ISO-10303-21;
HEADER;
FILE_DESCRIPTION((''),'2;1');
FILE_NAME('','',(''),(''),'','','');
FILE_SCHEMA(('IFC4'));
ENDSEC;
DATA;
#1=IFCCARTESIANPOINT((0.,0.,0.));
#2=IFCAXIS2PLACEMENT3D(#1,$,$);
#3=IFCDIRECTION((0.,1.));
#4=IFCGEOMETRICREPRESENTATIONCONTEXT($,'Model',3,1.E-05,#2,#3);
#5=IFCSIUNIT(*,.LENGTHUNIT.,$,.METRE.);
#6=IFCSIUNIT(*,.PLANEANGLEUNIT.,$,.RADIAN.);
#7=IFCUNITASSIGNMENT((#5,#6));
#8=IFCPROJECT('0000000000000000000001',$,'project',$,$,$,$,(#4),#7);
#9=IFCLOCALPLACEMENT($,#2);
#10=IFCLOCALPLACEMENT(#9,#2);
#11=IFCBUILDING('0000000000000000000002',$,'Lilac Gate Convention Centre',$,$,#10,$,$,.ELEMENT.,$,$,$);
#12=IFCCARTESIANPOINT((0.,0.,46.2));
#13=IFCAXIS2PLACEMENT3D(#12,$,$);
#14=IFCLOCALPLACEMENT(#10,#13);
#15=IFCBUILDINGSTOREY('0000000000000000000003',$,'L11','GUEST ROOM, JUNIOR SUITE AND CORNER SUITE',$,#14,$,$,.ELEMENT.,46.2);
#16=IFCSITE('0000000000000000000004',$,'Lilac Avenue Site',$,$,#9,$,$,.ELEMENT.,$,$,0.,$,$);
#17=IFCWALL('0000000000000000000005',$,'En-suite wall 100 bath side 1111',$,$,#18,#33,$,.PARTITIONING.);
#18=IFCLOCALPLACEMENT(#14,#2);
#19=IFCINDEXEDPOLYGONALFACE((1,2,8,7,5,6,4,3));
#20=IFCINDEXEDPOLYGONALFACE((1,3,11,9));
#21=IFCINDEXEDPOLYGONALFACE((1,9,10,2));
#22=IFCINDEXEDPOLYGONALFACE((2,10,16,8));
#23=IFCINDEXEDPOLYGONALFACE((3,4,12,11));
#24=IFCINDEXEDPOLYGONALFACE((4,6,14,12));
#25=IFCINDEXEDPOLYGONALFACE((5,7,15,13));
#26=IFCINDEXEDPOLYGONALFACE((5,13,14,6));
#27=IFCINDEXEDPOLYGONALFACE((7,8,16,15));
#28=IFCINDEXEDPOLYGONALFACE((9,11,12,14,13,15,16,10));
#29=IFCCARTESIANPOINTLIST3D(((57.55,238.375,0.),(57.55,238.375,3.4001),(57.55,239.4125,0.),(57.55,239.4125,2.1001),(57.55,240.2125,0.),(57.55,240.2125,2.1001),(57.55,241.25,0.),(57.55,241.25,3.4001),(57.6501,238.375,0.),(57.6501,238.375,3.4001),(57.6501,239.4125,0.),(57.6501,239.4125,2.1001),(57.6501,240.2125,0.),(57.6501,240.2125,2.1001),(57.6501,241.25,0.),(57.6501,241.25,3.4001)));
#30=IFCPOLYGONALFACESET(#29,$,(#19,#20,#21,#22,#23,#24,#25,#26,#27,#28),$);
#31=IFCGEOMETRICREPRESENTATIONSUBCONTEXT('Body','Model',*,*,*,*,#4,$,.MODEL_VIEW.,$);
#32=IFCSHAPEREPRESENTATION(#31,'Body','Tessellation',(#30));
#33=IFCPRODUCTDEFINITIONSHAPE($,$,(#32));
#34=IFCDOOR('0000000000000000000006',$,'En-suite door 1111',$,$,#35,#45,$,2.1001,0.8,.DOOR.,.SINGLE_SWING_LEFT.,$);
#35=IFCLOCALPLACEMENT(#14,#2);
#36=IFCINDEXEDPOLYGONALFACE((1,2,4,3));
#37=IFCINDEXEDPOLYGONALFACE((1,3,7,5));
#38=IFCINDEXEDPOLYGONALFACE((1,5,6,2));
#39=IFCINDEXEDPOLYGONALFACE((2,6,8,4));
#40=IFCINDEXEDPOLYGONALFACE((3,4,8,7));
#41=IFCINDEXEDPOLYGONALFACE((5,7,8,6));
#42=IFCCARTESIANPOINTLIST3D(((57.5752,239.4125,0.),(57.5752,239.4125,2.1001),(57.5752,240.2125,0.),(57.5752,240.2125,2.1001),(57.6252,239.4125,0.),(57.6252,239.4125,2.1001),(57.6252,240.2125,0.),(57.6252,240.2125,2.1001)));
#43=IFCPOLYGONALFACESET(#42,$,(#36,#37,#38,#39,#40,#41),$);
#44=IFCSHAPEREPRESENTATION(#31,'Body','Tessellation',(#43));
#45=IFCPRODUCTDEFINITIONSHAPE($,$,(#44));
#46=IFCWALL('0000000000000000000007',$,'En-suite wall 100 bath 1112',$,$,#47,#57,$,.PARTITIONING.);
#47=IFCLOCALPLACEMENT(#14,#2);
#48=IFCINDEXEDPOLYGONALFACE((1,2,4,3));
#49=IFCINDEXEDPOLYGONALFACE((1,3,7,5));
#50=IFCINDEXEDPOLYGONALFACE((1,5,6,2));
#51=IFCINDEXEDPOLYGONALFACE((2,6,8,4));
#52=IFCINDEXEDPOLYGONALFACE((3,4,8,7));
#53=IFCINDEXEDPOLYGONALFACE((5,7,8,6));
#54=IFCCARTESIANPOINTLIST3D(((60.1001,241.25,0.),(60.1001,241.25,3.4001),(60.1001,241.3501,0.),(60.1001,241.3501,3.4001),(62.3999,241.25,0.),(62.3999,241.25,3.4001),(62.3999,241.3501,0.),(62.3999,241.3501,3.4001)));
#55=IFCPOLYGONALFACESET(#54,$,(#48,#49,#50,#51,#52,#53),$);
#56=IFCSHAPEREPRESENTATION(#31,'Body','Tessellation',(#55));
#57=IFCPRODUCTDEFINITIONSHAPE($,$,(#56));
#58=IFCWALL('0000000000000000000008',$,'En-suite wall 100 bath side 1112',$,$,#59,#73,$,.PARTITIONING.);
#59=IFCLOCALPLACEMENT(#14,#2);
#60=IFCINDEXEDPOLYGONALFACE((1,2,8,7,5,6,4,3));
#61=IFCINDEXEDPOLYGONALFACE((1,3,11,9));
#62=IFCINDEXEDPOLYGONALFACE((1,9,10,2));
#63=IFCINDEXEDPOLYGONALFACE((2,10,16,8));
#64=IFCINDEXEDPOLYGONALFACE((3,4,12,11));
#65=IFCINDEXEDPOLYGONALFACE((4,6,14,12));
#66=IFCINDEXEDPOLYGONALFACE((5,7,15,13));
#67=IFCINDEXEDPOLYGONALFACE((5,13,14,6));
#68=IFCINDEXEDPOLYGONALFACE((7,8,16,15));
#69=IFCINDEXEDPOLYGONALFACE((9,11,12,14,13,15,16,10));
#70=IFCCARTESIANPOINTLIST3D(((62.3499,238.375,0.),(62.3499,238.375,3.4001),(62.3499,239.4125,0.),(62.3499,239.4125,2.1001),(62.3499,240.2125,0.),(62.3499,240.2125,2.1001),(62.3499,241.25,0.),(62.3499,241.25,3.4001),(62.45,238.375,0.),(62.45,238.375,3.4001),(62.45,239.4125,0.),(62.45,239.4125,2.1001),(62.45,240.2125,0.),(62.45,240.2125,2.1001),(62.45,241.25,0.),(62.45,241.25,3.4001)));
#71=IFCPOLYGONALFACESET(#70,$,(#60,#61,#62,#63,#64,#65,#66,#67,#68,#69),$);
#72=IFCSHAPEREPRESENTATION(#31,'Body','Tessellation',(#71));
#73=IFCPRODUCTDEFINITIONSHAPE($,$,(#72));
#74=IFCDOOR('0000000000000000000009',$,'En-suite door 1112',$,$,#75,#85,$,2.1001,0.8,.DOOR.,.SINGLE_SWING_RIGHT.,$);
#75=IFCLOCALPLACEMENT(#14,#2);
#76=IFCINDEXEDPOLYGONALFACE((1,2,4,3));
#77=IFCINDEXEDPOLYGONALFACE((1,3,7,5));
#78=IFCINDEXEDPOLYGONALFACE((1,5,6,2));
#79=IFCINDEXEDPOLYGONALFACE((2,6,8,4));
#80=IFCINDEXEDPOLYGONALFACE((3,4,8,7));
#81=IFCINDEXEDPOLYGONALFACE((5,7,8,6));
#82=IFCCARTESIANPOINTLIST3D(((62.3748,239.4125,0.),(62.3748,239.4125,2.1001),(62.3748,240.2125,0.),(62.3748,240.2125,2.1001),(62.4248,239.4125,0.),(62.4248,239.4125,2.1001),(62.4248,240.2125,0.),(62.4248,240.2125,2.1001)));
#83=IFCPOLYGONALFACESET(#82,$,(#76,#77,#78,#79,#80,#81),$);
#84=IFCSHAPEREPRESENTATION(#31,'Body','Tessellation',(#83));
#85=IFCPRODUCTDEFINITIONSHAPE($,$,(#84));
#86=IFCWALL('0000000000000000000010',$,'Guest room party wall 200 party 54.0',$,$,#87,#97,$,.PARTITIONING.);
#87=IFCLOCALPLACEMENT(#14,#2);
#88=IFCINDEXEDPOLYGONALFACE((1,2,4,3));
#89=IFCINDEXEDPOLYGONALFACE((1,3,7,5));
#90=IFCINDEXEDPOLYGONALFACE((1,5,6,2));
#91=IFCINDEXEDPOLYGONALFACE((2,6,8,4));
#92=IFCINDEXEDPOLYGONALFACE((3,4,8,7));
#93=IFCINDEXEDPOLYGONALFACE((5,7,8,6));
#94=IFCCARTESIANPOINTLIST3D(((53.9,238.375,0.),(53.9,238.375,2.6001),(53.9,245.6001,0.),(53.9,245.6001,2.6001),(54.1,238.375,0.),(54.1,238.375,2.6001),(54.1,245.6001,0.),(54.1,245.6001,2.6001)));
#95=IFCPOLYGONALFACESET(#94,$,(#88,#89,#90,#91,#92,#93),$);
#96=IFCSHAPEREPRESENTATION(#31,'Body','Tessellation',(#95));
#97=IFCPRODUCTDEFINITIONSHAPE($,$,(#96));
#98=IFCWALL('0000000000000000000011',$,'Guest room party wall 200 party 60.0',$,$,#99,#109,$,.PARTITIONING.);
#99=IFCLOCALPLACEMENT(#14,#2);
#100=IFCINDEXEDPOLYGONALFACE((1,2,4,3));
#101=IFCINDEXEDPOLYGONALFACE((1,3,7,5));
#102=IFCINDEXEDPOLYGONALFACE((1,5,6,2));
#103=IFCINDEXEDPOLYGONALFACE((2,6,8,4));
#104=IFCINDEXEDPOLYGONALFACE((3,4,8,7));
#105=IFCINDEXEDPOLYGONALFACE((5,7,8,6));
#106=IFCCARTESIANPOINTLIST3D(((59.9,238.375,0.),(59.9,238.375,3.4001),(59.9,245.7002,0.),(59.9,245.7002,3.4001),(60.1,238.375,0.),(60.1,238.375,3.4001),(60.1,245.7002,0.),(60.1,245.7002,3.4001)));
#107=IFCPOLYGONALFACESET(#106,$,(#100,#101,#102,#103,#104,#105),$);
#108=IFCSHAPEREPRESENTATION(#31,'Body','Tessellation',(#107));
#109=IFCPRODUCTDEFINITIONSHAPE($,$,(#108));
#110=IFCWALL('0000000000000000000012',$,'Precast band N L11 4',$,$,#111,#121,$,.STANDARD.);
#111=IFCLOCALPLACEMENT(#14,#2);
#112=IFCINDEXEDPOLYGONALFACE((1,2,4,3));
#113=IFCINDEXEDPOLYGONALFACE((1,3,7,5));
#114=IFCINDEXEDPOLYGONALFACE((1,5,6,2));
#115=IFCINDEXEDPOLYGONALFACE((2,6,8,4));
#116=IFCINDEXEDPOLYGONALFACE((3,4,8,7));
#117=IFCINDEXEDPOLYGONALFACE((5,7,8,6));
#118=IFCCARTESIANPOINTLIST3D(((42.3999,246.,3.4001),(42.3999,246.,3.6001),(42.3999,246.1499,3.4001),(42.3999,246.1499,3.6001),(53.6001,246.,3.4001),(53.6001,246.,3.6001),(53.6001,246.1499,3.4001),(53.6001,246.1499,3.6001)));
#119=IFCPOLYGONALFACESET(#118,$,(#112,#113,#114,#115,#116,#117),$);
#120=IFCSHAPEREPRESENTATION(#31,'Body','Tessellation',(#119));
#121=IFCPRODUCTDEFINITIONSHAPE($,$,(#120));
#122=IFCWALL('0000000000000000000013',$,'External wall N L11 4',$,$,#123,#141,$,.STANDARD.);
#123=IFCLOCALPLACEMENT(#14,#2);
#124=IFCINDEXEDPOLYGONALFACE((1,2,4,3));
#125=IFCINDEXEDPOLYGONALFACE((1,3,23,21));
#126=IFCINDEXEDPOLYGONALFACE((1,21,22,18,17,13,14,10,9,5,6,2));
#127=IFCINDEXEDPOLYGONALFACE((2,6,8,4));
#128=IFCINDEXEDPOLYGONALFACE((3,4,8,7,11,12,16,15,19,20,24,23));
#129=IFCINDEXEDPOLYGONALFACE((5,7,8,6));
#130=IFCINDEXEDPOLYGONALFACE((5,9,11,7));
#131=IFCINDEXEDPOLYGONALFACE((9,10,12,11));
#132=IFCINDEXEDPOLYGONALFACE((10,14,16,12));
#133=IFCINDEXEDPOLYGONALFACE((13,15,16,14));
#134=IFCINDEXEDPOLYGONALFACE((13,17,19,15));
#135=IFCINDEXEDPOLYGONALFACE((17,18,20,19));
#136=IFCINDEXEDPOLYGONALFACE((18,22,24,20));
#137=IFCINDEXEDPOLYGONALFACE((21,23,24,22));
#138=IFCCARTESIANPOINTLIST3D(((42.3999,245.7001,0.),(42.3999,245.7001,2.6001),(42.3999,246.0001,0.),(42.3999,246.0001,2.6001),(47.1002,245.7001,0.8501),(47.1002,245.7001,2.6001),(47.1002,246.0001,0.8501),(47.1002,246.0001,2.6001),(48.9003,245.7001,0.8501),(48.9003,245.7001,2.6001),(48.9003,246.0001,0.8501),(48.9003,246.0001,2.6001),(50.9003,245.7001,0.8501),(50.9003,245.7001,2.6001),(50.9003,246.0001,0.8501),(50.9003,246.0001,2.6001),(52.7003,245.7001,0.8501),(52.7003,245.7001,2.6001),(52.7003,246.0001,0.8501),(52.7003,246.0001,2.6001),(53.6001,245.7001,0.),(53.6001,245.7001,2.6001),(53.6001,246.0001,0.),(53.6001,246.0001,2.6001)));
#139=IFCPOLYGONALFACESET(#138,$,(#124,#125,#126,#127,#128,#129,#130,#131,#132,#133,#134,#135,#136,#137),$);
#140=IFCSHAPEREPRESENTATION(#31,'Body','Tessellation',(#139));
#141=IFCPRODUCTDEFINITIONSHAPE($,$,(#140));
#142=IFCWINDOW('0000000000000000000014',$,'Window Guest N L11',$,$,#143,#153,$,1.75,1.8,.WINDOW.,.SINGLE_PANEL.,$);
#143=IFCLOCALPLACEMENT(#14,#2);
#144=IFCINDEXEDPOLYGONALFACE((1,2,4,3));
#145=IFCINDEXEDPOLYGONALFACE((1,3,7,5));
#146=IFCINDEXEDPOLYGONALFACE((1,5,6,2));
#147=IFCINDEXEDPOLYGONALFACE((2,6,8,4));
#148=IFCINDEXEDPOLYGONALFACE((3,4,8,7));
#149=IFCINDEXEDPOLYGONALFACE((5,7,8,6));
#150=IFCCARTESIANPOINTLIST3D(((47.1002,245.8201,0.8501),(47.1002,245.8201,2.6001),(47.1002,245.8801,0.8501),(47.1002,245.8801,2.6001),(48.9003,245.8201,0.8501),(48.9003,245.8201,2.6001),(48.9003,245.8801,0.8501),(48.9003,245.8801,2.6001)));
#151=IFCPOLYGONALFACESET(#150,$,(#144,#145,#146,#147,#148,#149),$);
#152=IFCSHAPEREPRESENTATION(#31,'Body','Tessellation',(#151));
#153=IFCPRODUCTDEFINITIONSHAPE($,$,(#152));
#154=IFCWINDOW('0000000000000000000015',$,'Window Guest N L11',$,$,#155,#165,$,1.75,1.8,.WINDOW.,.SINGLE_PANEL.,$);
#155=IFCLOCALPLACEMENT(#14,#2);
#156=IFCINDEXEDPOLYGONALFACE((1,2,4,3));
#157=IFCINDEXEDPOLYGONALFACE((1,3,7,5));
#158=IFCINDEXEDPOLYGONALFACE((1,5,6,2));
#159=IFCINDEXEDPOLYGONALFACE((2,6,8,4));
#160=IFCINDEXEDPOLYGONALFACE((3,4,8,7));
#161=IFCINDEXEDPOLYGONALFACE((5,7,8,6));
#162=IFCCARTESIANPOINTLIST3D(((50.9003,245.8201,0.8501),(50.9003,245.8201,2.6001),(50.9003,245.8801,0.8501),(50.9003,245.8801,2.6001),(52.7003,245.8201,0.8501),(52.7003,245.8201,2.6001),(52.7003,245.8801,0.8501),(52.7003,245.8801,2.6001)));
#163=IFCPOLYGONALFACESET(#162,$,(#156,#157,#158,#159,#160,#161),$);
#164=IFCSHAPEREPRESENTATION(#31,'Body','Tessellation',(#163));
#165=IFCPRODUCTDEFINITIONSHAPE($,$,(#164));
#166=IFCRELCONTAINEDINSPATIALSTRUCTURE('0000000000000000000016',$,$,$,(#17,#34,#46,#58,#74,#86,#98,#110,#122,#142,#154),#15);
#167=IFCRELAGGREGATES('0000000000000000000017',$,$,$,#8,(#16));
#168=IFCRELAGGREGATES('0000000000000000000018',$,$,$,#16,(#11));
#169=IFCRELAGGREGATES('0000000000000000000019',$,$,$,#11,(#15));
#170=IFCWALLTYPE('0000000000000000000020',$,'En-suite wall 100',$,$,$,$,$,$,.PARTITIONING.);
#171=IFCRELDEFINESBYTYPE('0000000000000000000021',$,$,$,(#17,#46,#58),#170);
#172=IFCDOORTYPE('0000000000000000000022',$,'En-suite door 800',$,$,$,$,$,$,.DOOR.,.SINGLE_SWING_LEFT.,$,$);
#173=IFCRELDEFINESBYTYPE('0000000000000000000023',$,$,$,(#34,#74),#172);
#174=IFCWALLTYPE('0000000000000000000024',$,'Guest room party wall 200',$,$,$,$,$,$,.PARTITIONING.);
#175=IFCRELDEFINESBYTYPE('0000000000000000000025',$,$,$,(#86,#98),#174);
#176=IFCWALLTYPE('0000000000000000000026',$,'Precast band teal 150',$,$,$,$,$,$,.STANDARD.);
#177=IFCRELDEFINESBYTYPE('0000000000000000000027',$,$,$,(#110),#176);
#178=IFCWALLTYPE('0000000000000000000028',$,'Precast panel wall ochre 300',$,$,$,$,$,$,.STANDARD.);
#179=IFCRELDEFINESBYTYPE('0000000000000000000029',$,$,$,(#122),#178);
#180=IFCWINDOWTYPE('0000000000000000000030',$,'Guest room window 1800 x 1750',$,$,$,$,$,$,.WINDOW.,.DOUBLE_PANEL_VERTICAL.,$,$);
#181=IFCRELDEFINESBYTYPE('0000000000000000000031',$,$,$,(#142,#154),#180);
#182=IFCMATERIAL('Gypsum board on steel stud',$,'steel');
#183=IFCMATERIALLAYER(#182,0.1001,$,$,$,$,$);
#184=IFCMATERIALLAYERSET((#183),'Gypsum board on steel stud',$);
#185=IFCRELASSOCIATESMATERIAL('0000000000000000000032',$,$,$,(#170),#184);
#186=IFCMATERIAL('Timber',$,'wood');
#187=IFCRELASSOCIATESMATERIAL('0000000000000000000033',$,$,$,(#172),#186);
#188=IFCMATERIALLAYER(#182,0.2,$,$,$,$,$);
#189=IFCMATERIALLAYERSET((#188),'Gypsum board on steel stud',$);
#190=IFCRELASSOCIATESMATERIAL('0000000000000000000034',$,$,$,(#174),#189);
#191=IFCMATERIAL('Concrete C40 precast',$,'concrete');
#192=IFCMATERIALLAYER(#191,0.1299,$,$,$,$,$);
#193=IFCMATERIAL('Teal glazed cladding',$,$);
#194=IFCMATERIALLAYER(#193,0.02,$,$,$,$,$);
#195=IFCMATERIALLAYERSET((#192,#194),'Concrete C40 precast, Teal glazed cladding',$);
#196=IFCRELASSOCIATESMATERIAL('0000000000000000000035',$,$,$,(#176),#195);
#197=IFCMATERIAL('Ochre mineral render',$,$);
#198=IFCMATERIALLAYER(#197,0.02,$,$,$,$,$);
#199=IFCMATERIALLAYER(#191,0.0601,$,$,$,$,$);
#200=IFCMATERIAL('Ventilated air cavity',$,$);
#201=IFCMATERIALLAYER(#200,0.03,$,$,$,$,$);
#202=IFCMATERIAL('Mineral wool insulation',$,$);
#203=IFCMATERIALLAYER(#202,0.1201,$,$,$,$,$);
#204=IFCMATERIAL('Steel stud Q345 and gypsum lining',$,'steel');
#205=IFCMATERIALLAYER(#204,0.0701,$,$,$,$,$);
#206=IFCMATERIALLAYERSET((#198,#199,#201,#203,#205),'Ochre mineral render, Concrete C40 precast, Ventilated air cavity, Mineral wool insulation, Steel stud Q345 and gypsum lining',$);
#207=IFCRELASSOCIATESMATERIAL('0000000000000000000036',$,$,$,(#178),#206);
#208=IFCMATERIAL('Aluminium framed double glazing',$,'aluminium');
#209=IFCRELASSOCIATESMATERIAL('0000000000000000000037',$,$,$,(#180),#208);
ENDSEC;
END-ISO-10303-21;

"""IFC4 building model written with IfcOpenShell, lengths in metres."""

from ifc_helpers import new_model, si_unit, direction, frame, frame_2d, origin, place, context, subcontext, project, spatial, rectangle, extrude, material, layer, layer_set, type_object, element, fill, save


model = new_model("IFC4")

# Units and contexts
model_context = context("Model", 3, precision=1e-05, world=origin(), true_north=direction((0.0, 1.0)))
body_context = subcontext(model_context, "Body", "Model", "MODEL_VIEW")
ifc_project = project(units=[si_unit("LENGTHUNIT", "METRE"), si_unit("PLANEANGLEUNIT", "RADIAN")], contexts=[model_context])

# Site, building, storey
site_placement = place(None, origin())
site = spatial("IfcSite", under=ifc_project, at=site_placement, Name="Lilac Avenue Site", CompositionType="ELEMENT", RefElevation=0.0)
building_placement = place(site_placement, origin())
building = spatial("IfcBuilding", under=site, at=building_placement, Name="Lilac Gate Convention Centre", CompositionType="ELEMENT")
storey_placement = place(building_placement, frame((0.0, 0.0, 46.2)))
storey = spatial("IfcBuildingStorey", under=building, at=storey_placement, Name="L11", Description="GUEST ROOM, JUNIOR SUITE AND CORNER SUITE", CompositionType="ELEMENT", Elevation=46.2)

# Shared definitions
ifc_material_1 = material(Name="Gypsum board on steel stud", Category="steel")
ifc_material_2 = material(Name="Timber", Category="wood")

# Shared definitions
ifc_layer_1 = layer(ifc_material_1, 0.1001)
ifc_layer_set_1 = layer_set([ifc_layer_1], Name="Gypsum board on steel stud")
wall_type_1 = type_object("IfcWallType", Name="En-suite wall 100", PredefinedType="PARTITIONING", material=ifc_layer_set_1)

# Wall, opening, door
wall_1_placement = place(storey_placement, frame((57.6001, 238.375, 0.0), z_axis=(0.0, 0.0, 1.0), x_axis=(0.0, 1.0, 0.0)))
wall_1 = element("IfcWall", 1, at=wall_1_placement, inside=storey, type_object=wall_type_1, Name="En-suite wall 100 bath side 1111", PredefinedType="PARTITIONING", context=body_context, shape_type="SweptSolid", body=[
    extrude(rectangle(XDim=2.875, YDim=0.1001, at=frame_2d((1.4375, 0.0))), origin(), (0.0, 0.0, 1.0), 3.4001),
])
opening_1_placement = place(wall_1_placement, frame((1.0376, 0.0, 0.0)))
opening_1 = element("IfcOpeningElement", 2, at=opening_1_placement, cuts=wall_1, PredefinedType="OPENING", context=body_context, shape_type="SweptSolid", body=[
    extrude(rectangle(XDim=0.8, YDim=2.1001, at=frame_2d((0.3999, 1.05))), frame((0.0, 0.0601, 0.0), z_axis=(0.0, -1.0, 0.0), x_axis=(1.0, 0.0, 0.0)), (0.0, 0.0, 1.0), 0.1201),
])
door_type_1 = type_object("IfcDoorType", Name="En-suite door 800", OperationType="SINGLE_SWING_LEFT", PredefinedType="DOOR", material=ifc_material_2)
door_1_placement = place(opening_1_placement, origin())
door_1 = element("IfcDoor", 3, at=door_1_placement, inside=storey, type_object=door_type_1, Name="En-suite door 1111", OperationType="SINGLE_SWING_LEFT", OverallHeight=2.1001, OverallWidth=0.8, PredefinedType="DOOR", context=body_context, shape_type="SweptSolid", body=[
    extrude(rectangle(XDim=0.8, YDim=2.1001, at=frame_2d((0.3999, 1.05))), frame((0.0, 0.0249, 0.0), z_axis=(0.0, -1.0, 0.0), x_axis=(1.0, 0.0, 0.0)), (0.0, 0.0, 1.0), 0.05),
])
fill(opening_1, door_1)

# Wall
wall_2_placement = place(storey_placement, frame((60.1001, 241.3, 0.0), z_axis=(0.0, 0.0, 1.0), x_axis=(1.0, 0.0, 0.0)))
element("IfcWall", 4, at=wall_2_placement, inside=storey, type_object=wall_type_1, Name="En-suite wall 100 bath 1112", PredefinedType="PARTITIONING", context=body_context, shape_type="SweptSolid", body=[
    extrude(rectangle(XDim=2.2998, YDim=0.1001, at=frame_2d((1.1499, 0.0))), origin(), (0.0, 0.0, 1.0), 3.4001),
])

# Wall, opening, door
wall_3_placement = place(storey_placement, frame((62.3999, 241.25, 0.0), z_axis=(0.0, 0.0, 1.0), x_axis=(0.0, -1.0, 0.0)))
wall_3 = element("IfcWall", 5, at=wall_3_placement, inside=storey, type_object=wall_type_1, Name="En-suite wall 100 bath side 1112", PredefinedType="PARTITIONING", context=body_context, shape_type="SweptSolid", body=[
    extrude(rectangle(XDim=2.875, YDim=0.1001, at=frame_2d((1.4375, 0.0))), origin(), (0.0, 0.0, 1.0), 3.4001),
])
opening_2_placement = place(wall_3_placement, frame((1.0376, 0.0, 0.0)))
opening_2 = element("IfcOpeningElement", 6, at=opening_2_placement, cuts=wall_3, PredefinedType="OPENING", context=body_context, shape_type="SweptSolid", body=[
    extrude(rectangle(XDim=0.8, YDim=2.1001, at=frame_2d((0.3999, 1.05))), frame((0.0, 0.0601, 0.0), z_axis=(0.0, -1.0, 0.0), x_axis=(1.0, 0.0, 0.0)), (0.0, 0.0, 1.0), 0.1201),
])
door_2_placement = place(opening_2_placement, origin())
door_2 = element("IfcDoor", 7, at=door_2_placement, inside=storey, type_object=door_type_1, Name="En-suite door 1112", OperationType="SINGLE_SWING_RIGHT", OverallHeight=2.1001, OverallWidth=0.8, PredefinedType="DOOR", context=body_context, shape_type="SweptSolid", body=[
    extrude(rectangle(XDim=0.8, YDim=2.1001, at=frame_2d((0.3999, 1.05))), frame((0.0, 0.0249, 0.0), z_axis=(0.0, -1.0, 0.0), x_axis=(1.0, 0.0, 0.0)), (0.0, 0.0, 1.0), 0.05),
])
fill(opening_2, door_2)

# Walls
ifc_layer_2 = layer(ifc_material_1, 0.2)
ifc_layer_set_2 = layer_set([ifc_layer_2], Name="Gypsum board on steel stud")
wall_type_2 = type_object("IfcWallType", Name="Guest room party wall 200", PredefinedType="PARTITIONING", material=ifc_layer_set_2)
wall_4_placement = place(storey_placement, frame((54.0, 245.6001, 0.0), z_axis=(0.0, 0.0, 1.0), x_axis=(0.0, -1.0, 0.0)))
element("IfcWall", 8, at=wall_4_placement, inside=storey, type_object=wall_type_2, Name="Guest room party wall 200 party 54.0", PredefinedType="PARTITIONING", context=body_context, shape_type="SweptSolid", body=[
    extrude(rectangle(XDim=7.2251, YDim=0.2, at=frame_2d((3.6125, 0.0))), origin(), (0.0, 0.0, 1.0), 2.6001),
])
wall_5_placement = place(storey_placement, frame((60.0, 245.7002, 0.0), z_axis=(0.0, 0.0, 1.0), x_axis=(0.0, -1.0, 0.0)))
element("IfcWall", 9, at=wall_5_placement, inside=storey, type_object=wall_type_2, Name="Guest room party wall 200 party 60.0", PredefinedType="PARTITIONING", context=body_context, shape_type="SweptSolid", body=[
    extrude(rectangle(XDim=7.3252, YDim=0.2, at=frame_2d((3.6626, 0.0))), origin(), (0.0, 0.0, 1.0), 3.4001),
])
ifc_material_3 = material(Name="Concrete C40 precast", Category="concrete")
ifc_layer_3 = layer(ifc_material_3, 0.1299)
ifc_material_4 = material(Name="Teal glazed cladding")
ifc_layer_4 = layer(ifc_material_4, 0.02)
ifc_layer_set_3 = layer_set([ifc_layer_3, ifc_layer_4], Name="Concrete C40 precast, Teal glazed cladding")
wall_type_3 = type_object("IfcWallType", Name="Precast band teal 150", PredefinedType="STANDARD", material=ifc_layer_set_3)
wall_6_placement = place(storey_placement, frame((53.6001, 246.075, 3.4001), z_axis=(0.0, 0.0, 1.0), x_axis=(-1.0, 0.0, 0.0)))
element("IfcWall", 10, at=wall_6_placement, inside=storey, type_object=wall_type_3, Name="Precast band N L11 4", PredefinedType="STANDARD", context=body_context, shape_type="SweptSolid", body=[
    extrude(rectangle(XDim=11.2002, YDim=0.1499, at=frame_2d((5.6001, 0.0))), origin(), (0.0, 0.0, 1.0), 0.2),
])

# Wall, openings, windows
ifc_material_5 = material(Name="Ochre mineral render")
ifc_layer_5 = layer(ifc_material_5, 0.02)
ifc_layer_6 = layer(ifc_material_3, 0.0601)
ifc_material_6 = material(Name="Ventilated air cavity")
ifc_layer_7 = layer(ifc_material_6, 0.03)
ifc_material_7 = material(Name="Mineral wool insulation")
ifc_layer_8 = layer(ifc_material_7, 0.1201)
ifc_material_8 = material(Name="Steel stud Q345 and gypsum lining", Category="steel")
ifc_layer_9 = layer(ifc_material_8, 0.0701)
ifc_layer_set_4 = layer_set([ifc_layer_5, ifc_layer_6, ifc_layer_7, ifc_layer_8, ifc_layer_9], Name="Ochre mineral render, Concrete C40 precast, Ventilated air cavity, Mineral wool insulation, Steel stud Q345 and gypsum lining")
wall_type_4 = type_object("IfcWallType", Name="Precast panel wall ochre 300", PredefinedType="STANDARD", material=ifc_layer_set_4)
wall_7_placement = place(storey_placement, frame((53.6001, 245.8501, 0.0), z_axis=(0.0, 0.0, 1.0), x_axis=(-1.0, 0.0, 0.0)))
wall_7 = element("IfcWall", 11, at=wall_7_placement, inside=storey, type_object=wall_type_4, Name="External wall N L11 4", PredefinedType="STANDARD", context=body_context, shape_type="SweptSolid", body=[
    extrude(rectangle(XDim=11.2002, YDim=0.3, at=frame_2d((5.6001, 0.0))), origin(), (0.0, 0.0, 1.0), 2.6001),
])
opening_3_placement = place(wall_7_placement, frame((4.7, 0.0, 0.8501)))
opening_3 = element("IfcOpeningElement", 12, at=opening_3_placement, cuts=wall_7, PredefinedType="OPENING", context=body_context, shape_type="SweptSolid", body=[
    extrude(rectangle(XDim=1.8, YDim=1.75, at=frame_2d((0.8999, 0.875))), frame((0.0, 0.1599, 0.0), z_axis=(0.0, -1.0, 0.0), x_axis=(1.0, 0.0, 0.0)), (0.0, 0.0, 1.0), 0.3201),
])
opening_4_placement = place(wall_7_placement, frame((0.8999, 0.0, 0.8501)))
opening_4 = element("IfcOpeningElement", 13, at=opening_4_placement, cuts=wall_7, PredefinedType="OPENING", context=body_context, shape_type="SweptSolid", body=[
    extrude(rectangle(XDim=1.8, YDim=1.75, at=frame_2d((0.8999, 0.875))), frame((0.0, 0.1599, 0.0), z_axis=(0.0, -1.0, 0.0), x_axis=(1.0, 0.0, 0.0)), (0.0, 0.0, 1.0), 0.3201),
])
ifc_material_9 = material(Name="Aluminium framed double glazing", Category="aluminium")
window_type = type_object("IfcWindowType", Name="Guest room window 1800 x 1750", PartitioningType="DOUBLE_PANEL_VERTICAL", PredefinedType="WINDOW", material=ifc_material_9)
window_1_placement = place(opening_3_placement, origin())
window_1 = element("IfcWindow", 14, at=window_1_placement, inside=storey, type_object=window_type, Name="Window Guest N L11", OverallHeight=1.75, OverallWidth=1.8, PartitioningType="SINGLE_PANEL", PredefinedType="WINDOW", context=body_context, shape_type="SweptSolid", body=[
    extrude(rectangle(XDim=1.8, YDim=1.75, at=frame_2d((0.8999, 0.875))), frame((0.0, 0.03, 0.0), z_axis=(0.0, -1.0, 0.0), x_axis=(1.0, 0.0, 0.0)), (0.0, 0.0, 1.0), 0.0601),
])
fill(opening_3, window_1)
window_2_placement = place(opening_4_placement, origin())
window_2 = element("IfcWindow", 15, at=window_2_placement, inside=storey, type_object=window_type, Name="Window Guest N L11", OverallHeight=1.75, OverallWidth=1.8, PartitioningType="SINGLE_PANEL", PredefinedType="WINDOW", context=body_context, shape_type="SweptSolid", body=[
    extrude(rectangle(XDim=1.8, YDim=1.75, at=frame_2d((0.8999, 0.875))), frame((0.0, 0.03, 0.0), z_axis=(0.0, -1.0, 0.0), x_axis=(1.0, 0.0, 0.0)), (0.0, 0.0, 1.0), 0.0601),
])
fill(opening_4, window_2)

save(model, "model.ifc")
